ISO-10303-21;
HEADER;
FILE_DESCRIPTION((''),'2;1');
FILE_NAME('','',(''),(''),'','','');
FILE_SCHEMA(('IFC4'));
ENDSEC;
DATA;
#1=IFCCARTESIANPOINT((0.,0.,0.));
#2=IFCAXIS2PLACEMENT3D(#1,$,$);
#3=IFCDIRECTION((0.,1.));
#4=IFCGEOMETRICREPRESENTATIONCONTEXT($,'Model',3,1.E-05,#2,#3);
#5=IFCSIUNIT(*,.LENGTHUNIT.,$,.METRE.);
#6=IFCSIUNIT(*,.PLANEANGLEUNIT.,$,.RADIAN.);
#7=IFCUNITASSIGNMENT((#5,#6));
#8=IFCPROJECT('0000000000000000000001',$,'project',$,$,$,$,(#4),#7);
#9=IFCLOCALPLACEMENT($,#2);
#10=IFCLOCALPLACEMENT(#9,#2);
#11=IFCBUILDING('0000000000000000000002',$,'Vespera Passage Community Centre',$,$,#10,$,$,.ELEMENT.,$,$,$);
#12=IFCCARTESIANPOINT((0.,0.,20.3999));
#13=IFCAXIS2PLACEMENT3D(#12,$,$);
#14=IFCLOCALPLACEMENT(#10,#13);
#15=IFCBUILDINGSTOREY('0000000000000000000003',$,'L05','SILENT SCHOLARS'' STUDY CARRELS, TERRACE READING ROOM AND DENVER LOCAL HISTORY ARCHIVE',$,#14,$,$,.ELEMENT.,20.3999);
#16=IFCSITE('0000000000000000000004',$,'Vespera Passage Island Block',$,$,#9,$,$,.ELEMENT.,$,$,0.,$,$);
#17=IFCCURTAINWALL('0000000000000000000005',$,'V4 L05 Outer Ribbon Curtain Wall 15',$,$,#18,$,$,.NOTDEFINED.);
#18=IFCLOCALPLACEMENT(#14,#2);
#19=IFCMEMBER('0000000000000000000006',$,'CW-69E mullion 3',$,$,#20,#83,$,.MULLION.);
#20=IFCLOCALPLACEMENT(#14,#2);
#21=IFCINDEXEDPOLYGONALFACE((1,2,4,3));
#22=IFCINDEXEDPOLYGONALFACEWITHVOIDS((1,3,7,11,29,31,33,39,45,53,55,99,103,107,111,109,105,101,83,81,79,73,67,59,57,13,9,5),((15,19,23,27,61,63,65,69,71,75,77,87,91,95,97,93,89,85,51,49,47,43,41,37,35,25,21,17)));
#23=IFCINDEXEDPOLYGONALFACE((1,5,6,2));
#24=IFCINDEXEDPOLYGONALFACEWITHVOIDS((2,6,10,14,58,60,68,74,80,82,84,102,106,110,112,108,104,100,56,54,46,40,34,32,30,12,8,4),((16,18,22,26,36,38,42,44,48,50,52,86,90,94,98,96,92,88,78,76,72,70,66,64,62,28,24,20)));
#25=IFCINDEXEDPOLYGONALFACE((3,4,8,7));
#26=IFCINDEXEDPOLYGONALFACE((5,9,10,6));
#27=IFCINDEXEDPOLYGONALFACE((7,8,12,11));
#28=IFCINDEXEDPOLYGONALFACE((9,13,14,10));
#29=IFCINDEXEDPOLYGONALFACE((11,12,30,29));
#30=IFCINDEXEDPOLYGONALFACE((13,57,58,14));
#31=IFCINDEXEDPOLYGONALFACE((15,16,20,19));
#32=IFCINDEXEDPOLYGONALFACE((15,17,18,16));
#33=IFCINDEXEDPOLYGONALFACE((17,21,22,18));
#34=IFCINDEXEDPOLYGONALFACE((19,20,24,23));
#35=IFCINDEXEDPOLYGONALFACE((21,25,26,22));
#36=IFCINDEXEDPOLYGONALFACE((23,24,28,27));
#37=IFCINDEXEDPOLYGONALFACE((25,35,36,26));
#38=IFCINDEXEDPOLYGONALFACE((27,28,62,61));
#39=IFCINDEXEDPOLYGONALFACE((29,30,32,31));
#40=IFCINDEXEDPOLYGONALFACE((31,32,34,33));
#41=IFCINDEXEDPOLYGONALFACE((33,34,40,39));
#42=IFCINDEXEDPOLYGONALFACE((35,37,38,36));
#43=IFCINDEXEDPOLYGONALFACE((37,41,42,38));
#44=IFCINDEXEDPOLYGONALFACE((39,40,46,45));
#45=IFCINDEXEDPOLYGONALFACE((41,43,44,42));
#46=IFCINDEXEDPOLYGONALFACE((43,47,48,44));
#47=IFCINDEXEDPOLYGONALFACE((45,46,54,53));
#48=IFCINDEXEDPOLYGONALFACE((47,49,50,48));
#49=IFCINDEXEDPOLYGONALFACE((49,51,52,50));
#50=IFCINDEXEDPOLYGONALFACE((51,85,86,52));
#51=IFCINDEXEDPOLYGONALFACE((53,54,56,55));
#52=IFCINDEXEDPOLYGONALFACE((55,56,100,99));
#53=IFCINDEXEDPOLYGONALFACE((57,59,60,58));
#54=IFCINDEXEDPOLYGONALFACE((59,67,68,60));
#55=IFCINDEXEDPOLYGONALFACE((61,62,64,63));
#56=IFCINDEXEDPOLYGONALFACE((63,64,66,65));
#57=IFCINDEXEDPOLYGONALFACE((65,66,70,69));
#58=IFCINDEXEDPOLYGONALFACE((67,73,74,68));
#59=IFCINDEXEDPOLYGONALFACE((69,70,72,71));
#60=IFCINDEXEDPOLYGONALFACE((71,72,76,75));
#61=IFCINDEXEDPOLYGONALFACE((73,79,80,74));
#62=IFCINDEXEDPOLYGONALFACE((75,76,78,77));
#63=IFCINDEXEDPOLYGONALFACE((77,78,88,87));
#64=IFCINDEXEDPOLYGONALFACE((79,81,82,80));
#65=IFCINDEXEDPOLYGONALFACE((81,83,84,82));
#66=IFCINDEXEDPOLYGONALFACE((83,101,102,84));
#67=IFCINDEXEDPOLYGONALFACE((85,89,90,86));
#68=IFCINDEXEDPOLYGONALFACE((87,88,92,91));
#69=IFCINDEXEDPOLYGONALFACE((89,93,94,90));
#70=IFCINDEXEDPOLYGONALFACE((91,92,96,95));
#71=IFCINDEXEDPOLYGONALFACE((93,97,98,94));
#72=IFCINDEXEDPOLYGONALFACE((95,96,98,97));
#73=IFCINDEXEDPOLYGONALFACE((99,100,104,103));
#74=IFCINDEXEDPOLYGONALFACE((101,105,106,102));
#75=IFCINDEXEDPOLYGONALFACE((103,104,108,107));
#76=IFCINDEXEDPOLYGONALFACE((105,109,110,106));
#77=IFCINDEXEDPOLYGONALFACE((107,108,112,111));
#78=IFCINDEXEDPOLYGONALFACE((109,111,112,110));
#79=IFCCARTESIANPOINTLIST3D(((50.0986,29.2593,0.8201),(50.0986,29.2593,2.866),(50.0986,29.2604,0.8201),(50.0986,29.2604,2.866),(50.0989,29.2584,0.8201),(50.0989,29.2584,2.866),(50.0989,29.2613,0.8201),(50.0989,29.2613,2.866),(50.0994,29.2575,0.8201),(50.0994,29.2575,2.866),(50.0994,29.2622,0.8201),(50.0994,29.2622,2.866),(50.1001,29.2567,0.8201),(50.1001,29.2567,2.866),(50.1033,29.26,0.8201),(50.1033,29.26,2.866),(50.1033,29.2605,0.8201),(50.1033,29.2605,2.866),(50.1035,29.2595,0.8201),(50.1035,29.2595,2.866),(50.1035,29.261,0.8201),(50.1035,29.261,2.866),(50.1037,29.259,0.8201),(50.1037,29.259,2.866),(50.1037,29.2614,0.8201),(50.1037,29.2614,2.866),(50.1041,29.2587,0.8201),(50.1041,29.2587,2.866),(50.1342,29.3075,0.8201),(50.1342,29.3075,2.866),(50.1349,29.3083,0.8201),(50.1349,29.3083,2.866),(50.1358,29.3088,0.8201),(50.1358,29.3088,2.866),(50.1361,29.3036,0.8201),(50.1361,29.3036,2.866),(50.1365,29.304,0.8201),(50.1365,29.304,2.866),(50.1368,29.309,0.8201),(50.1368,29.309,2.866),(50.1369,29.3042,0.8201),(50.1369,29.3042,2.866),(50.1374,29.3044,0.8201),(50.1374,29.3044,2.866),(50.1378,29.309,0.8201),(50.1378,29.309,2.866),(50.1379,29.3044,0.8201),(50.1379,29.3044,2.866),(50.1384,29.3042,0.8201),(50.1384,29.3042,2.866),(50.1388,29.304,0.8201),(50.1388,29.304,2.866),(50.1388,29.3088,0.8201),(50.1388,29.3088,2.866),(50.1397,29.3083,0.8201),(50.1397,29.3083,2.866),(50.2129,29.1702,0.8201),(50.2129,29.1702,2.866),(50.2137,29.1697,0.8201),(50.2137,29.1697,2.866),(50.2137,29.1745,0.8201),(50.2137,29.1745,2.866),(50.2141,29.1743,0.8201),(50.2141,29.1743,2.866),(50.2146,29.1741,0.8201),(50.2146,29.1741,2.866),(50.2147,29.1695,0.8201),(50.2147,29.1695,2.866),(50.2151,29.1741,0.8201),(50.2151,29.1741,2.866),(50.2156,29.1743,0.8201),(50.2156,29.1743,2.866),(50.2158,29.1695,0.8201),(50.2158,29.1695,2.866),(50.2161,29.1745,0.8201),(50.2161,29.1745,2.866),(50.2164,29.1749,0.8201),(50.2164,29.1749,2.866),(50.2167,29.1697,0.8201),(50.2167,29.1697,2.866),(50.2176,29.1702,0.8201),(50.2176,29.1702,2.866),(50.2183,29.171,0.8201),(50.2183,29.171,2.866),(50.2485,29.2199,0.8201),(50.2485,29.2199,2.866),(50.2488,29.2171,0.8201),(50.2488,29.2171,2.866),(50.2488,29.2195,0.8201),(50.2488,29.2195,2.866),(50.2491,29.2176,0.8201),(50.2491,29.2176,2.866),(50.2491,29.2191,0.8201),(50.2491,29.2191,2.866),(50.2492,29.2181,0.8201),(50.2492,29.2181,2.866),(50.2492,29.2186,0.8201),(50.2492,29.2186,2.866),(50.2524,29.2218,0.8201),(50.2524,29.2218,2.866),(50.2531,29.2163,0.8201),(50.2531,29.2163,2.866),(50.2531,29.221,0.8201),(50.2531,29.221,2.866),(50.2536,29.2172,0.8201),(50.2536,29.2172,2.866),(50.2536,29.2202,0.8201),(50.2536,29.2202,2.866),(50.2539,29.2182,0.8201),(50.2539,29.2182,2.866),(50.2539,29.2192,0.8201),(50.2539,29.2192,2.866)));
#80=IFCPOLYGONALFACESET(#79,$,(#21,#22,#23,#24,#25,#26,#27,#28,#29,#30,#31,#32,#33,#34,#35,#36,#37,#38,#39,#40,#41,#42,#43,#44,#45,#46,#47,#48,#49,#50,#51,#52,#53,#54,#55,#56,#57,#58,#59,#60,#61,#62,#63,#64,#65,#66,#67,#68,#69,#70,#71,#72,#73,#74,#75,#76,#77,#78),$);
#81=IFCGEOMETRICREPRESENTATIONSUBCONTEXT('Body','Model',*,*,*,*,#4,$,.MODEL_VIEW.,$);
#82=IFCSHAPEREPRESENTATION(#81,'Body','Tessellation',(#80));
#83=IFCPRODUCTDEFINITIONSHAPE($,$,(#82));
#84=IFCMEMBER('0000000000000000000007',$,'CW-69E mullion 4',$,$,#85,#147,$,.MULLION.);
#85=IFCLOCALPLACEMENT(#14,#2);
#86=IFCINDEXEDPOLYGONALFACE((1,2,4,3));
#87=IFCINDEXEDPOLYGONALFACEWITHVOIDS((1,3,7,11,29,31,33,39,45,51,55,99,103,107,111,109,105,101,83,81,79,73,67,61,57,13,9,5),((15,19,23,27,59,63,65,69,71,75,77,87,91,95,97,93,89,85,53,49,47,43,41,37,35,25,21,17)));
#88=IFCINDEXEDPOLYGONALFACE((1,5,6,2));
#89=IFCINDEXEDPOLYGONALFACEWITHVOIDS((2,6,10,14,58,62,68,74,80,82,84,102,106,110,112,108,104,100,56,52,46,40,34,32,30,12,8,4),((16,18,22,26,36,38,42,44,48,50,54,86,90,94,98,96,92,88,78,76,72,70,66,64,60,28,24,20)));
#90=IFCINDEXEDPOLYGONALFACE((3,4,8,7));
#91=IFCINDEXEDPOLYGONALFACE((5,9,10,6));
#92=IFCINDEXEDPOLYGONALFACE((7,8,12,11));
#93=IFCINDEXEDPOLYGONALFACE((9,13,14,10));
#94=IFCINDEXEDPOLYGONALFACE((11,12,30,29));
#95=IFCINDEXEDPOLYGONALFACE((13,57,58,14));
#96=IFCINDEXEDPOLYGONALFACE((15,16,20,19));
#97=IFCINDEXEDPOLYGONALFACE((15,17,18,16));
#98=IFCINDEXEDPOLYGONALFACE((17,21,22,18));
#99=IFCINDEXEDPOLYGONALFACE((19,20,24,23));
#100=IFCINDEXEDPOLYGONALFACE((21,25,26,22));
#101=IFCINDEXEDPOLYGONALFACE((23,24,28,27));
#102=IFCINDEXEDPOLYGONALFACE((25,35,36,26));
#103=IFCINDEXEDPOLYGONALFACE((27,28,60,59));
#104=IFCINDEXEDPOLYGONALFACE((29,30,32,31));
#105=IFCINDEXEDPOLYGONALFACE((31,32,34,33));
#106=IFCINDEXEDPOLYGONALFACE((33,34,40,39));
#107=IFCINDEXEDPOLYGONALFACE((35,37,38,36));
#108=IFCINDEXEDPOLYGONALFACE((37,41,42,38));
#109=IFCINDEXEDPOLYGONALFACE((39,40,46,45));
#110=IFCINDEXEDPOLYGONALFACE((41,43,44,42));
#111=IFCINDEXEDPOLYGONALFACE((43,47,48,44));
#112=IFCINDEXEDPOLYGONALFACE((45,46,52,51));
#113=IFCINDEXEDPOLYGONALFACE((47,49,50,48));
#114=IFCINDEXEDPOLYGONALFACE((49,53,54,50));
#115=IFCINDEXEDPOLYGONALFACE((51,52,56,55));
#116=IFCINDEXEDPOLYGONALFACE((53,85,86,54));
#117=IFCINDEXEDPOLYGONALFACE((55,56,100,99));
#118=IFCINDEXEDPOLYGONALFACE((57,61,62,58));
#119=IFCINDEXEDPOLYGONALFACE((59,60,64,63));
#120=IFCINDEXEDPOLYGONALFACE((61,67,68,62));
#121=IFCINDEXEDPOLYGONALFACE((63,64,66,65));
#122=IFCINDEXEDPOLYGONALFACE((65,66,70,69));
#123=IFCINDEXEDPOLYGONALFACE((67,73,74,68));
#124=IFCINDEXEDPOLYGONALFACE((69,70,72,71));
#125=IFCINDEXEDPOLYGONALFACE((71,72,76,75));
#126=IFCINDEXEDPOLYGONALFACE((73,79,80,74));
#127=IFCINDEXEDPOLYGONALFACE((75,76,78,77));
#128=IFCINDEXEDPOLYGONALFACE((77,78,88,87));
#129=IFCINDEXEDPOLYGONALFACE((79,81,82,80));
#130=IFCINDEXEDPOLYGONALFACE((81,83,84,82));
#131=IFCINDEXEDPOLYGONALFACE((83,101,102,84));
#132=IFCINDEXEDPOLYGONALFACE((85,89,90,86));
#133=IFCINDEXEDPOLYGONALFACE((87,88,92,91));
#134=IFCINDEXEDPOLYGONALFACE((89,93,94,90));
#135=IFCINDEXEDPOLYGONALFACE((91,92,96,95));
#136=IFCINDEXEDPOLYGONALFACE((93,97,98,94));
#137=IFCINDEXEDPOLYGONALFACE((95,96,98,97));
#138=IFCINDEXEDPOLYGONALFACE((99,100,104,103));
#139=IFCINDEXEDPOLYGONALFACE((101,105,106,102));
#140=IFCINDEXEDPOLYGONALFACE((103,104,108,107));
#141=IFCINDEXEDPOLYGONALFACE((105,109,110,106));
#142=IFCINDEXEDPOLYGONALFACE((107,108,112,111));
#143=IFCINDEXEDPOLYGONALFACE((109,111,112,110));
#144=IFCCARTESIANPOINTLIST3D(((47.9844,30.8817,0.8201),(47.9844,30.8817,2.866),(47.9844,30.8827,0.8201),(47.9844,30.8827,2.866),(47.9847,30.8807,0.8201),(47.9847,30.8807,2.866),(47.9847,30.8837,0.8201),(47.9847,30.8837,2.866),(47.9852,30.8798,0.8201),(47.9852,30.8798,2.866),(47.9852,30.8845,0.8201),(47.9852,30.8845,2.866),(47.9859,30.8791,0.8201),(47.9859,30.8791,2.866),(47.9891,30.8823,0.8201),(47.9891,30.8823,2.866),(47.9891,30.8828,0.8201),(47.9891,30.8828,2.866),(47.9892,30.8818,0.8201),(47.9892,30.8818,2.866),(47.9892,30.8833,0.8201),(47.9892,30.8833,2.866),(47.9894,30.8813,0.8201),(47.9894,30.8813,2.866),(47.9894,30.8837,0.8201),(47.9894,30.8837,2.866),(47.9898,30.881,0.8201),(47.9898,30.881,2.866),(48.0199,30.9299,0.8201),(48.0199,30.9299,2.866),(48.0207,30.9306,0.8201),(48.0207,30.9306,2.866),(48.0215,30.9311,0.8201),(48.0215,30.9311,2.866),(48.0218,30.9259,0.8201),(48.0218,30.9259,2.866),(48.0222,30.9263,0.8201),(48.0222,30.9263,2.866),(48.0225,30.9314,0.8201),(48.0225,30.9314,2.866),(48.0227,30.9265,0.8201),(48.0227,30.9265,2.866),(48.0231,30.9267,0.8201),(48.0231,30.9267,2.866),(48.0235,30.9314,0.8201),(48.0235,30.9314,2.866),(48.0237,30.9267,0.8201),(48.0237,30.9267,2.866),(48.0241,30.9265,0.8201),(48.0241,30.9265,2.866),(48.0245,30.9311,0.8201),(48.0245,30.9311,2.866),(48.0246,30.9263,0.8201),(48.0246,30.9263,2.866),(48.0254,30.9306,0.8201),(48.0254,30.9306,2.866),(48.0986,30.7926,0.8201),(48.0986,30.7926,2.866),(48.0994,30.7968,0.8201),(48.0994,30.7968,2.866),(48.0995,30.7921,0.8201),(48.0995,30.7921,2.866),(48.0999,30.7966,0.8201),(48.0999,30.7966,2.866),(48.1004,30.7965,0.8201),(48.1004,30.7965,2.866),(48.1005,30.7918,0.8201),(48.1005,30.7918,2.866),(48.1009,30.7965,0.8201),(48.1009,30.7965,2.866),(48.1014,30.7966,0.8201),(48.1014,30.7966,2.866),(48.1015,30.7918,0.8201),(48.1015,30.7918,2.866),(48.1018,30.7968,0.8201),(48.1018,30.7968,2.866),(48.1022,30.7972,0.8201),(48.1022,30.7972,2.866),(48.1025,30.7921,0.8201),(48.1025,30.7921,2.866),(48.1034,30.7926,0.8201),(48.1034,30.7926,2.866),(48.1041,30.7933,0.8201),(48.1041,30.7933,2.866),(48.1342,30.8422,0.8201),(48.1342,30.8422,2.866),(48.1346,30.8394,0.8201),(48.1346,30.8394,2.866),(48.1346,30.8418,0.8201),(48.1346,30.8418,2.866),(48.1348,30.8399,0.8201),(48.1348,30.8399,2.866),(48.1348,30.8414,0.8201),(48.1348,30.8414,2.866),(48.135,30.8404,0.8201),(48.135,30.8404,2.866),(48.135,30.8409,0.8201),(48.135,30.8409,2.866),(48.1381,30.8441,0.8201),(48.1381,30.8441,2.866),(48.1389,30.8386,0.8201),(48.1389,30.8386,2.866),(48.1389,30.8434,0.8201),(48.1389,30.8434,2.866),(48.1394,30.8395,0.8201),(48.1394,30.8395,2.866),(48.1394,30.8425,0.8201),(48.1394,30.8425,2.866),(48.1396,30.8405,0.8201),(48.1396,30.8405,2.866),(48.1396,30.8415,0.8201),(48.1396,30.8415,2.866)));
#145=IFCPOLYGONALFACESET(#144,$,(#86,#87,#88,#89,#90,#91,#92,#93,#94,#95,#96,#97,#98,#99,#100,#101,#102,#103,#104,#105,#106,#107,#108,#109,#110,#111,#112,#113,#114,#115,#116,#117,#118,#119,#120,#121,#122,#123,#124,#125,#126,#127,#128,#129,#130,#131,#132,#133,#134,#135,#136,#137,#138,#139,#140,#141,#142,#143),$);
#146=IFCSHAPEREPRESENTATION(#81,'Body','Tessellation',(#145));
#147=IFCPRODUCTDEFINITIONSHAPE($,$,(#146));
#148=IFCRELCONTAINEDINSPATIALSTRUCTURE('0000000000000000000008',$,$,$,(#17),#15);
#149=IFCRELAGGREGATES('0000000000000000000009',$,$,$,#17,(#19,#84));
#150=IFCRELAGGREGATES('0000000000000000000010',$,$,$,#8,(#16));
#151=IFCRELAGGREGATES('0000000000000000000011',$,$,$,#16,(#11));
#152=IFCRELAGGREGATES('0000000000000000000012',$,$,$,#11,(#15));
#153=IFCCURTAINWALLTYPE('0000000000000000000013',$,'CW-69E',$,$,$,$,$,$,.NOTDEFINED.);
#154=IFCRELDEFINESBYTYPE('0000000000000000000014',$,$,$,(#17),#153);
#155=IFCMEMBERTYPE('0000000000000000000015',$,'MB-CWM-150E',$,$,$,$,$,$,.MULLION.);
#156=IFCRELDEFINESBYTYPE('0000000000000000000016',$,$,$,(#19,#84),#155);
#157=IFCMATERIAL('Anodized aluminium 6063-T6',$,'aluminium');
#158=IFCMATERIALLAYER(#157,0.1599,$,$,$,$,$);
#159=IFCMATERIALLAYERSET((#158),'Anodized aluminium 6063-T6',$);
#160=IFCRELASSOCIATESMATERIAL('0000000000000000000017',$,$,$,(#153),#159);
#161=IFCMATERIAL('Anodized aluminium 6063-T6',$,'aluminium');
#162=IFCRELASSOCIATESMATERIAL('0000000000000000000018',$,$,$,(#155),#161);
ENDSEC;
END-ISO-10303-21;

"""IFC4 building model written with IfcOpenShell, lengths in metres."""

from ifc_helpers import new_model, si_unit, direction, frame, origin, origin_2d, place, context, subcontext, project, spatial, hollow_rectangle, extrude, material, layer, layer_set, material_profile, profile_set, type_object, element, aggregate, save


model = new_model("IFC4")

# Units and contexts
model_context = context("Model", 3, precision=1e-05, world=origin(), true_north=direction((0.0, 1.0)))
body_context = subcontext(model_context, "Body", "Model", "MODEL_VIEW")
ifc_project = project(units=[si_unit("LENGTHUNIT", "METRE"), si_unit("PLANEANGLEUNIT", "RADIAN")], contexts=[model_context])

# Site, building, storey
site_placement = place(None, origin())
site = spatial("IfcSite", under=ifc_project, at=site_placement, Name="Vespera Passage Island Block", CompositionType="ELEMENT", RefElevation=0.0)
building_placement = place(site_placement, origin())
building = spatial("IfcBuilding", under=site, at=building_placement, Name="Vespera Passage Community Centre", CompositionType="ELEMENT")
storey_placement = place(building_placement, frame((0.0, 0.0, 20.3999)))
storey = spatial("IfcBuildingStorey", under=building, at=storey_placement, Name="L05", Description="SILENT SCHOLARS' STUDY CARRELS, TERRACE READING ROOM AND DENVER LOCAL HISTORY ARCHIVE", CompositionType="ELEMENT", Elevation=20.3999)

# Curtain wall, members
ifc_material_1 = material(Name="Anodized aluminium 6063-T6", Category="aluminium")
ifc_layer_1 = layer(ifc_material_1, 0.1599)
ifc_layer_set_1 = layer_set([ifc_layer_1], Name="Anodized aluminium 6063-T6")
curtain_wall_type = type_object("IfcCurtainWallType", Name="CW-69E", PredefinedType="NOTDEFINED", material=ifc_layer_set_1)
curtain_wall_placement = place(storey_placement, origin())
curtain_wall = element("IfcCurtainWall", 1, at=curtain_wall_placement, inside=storey, type_object=curtain_wall_type, Name="V4 L05 Outer Ribbon Curtain Wall 15", PredefinedType="NOTDEFINED")
ifc_material_2 = material(Name="Anodized aluminium 6063-T6", Category="aluminium")
ifc_material_profile_1 = material_profile(ifc_material_2, hollow_rectangle(XDim=0.0649, YDim=0.1499, WallThickness=0.0039, InnerFilletRadius=0.002, OuterFilletRadius=0.0039, at=origin_2d()), Name="ALU150X65X4")
ifc_profile_set_1 = profile_set([ifc_material_profile_1], Name="Anodized aluminium 6063-T6")
member_type_1 = type_object("IfcMemberType", Name="MB-CWM-150E", PredefinedType="MULLION", material=ifc_profile_set_1)
member_1_placement = place(storey_placement, frame((50.1763, 29.2393, 0.8201), z_axis=(0.0, 0.0, 1.0), x_axis=(-0.608772, -0.793345, 0.0)))
member_1 = element("IfcMember", 2, at=member_1_placement, type_object=member_type_1, Name="CW-69E mullion 3", PredefinedType="MULLION", context=body_context, shape_type="SweptSolid", body=[
    extrude(hollow_rectangle(XDim=0.0649, YDim=0.1499, WallThickness=0.0039, InnerFilletRadius=0.002, OuterFilletRadius=0.0039, at=origin_2d()), origin(), (0.0, 0.0, 1.0), 2.0459),
])
member_2_placement = place(storey_placement, frame((48.062, 30.8616, 0.8201), z_axis=(0.0, 0.0, 1.0), x_axis=(-0.608772, -0.793345, 0.0)))
member_2 = element("IfcMember", 3, at=member_2_placement, type_object=member_type_1, Name="CW-69E mullion 4", PredefinedType="MULLION", context=body_context, shape_type="SweptSolid", body=[
    extrude(hollow_rectangle(XDim=0.0649, YDim=0.1499, WallThickness=0.0039, InnerFilletRadius=0.002, OuterFilletRadius=0.0039, at=origin_2d()), origin(), (0.0, 0.0, 1.0), 2.0459),
])
aggregate(curtain_wall, [member_1, member_2])

save(model, "model.ifc")
